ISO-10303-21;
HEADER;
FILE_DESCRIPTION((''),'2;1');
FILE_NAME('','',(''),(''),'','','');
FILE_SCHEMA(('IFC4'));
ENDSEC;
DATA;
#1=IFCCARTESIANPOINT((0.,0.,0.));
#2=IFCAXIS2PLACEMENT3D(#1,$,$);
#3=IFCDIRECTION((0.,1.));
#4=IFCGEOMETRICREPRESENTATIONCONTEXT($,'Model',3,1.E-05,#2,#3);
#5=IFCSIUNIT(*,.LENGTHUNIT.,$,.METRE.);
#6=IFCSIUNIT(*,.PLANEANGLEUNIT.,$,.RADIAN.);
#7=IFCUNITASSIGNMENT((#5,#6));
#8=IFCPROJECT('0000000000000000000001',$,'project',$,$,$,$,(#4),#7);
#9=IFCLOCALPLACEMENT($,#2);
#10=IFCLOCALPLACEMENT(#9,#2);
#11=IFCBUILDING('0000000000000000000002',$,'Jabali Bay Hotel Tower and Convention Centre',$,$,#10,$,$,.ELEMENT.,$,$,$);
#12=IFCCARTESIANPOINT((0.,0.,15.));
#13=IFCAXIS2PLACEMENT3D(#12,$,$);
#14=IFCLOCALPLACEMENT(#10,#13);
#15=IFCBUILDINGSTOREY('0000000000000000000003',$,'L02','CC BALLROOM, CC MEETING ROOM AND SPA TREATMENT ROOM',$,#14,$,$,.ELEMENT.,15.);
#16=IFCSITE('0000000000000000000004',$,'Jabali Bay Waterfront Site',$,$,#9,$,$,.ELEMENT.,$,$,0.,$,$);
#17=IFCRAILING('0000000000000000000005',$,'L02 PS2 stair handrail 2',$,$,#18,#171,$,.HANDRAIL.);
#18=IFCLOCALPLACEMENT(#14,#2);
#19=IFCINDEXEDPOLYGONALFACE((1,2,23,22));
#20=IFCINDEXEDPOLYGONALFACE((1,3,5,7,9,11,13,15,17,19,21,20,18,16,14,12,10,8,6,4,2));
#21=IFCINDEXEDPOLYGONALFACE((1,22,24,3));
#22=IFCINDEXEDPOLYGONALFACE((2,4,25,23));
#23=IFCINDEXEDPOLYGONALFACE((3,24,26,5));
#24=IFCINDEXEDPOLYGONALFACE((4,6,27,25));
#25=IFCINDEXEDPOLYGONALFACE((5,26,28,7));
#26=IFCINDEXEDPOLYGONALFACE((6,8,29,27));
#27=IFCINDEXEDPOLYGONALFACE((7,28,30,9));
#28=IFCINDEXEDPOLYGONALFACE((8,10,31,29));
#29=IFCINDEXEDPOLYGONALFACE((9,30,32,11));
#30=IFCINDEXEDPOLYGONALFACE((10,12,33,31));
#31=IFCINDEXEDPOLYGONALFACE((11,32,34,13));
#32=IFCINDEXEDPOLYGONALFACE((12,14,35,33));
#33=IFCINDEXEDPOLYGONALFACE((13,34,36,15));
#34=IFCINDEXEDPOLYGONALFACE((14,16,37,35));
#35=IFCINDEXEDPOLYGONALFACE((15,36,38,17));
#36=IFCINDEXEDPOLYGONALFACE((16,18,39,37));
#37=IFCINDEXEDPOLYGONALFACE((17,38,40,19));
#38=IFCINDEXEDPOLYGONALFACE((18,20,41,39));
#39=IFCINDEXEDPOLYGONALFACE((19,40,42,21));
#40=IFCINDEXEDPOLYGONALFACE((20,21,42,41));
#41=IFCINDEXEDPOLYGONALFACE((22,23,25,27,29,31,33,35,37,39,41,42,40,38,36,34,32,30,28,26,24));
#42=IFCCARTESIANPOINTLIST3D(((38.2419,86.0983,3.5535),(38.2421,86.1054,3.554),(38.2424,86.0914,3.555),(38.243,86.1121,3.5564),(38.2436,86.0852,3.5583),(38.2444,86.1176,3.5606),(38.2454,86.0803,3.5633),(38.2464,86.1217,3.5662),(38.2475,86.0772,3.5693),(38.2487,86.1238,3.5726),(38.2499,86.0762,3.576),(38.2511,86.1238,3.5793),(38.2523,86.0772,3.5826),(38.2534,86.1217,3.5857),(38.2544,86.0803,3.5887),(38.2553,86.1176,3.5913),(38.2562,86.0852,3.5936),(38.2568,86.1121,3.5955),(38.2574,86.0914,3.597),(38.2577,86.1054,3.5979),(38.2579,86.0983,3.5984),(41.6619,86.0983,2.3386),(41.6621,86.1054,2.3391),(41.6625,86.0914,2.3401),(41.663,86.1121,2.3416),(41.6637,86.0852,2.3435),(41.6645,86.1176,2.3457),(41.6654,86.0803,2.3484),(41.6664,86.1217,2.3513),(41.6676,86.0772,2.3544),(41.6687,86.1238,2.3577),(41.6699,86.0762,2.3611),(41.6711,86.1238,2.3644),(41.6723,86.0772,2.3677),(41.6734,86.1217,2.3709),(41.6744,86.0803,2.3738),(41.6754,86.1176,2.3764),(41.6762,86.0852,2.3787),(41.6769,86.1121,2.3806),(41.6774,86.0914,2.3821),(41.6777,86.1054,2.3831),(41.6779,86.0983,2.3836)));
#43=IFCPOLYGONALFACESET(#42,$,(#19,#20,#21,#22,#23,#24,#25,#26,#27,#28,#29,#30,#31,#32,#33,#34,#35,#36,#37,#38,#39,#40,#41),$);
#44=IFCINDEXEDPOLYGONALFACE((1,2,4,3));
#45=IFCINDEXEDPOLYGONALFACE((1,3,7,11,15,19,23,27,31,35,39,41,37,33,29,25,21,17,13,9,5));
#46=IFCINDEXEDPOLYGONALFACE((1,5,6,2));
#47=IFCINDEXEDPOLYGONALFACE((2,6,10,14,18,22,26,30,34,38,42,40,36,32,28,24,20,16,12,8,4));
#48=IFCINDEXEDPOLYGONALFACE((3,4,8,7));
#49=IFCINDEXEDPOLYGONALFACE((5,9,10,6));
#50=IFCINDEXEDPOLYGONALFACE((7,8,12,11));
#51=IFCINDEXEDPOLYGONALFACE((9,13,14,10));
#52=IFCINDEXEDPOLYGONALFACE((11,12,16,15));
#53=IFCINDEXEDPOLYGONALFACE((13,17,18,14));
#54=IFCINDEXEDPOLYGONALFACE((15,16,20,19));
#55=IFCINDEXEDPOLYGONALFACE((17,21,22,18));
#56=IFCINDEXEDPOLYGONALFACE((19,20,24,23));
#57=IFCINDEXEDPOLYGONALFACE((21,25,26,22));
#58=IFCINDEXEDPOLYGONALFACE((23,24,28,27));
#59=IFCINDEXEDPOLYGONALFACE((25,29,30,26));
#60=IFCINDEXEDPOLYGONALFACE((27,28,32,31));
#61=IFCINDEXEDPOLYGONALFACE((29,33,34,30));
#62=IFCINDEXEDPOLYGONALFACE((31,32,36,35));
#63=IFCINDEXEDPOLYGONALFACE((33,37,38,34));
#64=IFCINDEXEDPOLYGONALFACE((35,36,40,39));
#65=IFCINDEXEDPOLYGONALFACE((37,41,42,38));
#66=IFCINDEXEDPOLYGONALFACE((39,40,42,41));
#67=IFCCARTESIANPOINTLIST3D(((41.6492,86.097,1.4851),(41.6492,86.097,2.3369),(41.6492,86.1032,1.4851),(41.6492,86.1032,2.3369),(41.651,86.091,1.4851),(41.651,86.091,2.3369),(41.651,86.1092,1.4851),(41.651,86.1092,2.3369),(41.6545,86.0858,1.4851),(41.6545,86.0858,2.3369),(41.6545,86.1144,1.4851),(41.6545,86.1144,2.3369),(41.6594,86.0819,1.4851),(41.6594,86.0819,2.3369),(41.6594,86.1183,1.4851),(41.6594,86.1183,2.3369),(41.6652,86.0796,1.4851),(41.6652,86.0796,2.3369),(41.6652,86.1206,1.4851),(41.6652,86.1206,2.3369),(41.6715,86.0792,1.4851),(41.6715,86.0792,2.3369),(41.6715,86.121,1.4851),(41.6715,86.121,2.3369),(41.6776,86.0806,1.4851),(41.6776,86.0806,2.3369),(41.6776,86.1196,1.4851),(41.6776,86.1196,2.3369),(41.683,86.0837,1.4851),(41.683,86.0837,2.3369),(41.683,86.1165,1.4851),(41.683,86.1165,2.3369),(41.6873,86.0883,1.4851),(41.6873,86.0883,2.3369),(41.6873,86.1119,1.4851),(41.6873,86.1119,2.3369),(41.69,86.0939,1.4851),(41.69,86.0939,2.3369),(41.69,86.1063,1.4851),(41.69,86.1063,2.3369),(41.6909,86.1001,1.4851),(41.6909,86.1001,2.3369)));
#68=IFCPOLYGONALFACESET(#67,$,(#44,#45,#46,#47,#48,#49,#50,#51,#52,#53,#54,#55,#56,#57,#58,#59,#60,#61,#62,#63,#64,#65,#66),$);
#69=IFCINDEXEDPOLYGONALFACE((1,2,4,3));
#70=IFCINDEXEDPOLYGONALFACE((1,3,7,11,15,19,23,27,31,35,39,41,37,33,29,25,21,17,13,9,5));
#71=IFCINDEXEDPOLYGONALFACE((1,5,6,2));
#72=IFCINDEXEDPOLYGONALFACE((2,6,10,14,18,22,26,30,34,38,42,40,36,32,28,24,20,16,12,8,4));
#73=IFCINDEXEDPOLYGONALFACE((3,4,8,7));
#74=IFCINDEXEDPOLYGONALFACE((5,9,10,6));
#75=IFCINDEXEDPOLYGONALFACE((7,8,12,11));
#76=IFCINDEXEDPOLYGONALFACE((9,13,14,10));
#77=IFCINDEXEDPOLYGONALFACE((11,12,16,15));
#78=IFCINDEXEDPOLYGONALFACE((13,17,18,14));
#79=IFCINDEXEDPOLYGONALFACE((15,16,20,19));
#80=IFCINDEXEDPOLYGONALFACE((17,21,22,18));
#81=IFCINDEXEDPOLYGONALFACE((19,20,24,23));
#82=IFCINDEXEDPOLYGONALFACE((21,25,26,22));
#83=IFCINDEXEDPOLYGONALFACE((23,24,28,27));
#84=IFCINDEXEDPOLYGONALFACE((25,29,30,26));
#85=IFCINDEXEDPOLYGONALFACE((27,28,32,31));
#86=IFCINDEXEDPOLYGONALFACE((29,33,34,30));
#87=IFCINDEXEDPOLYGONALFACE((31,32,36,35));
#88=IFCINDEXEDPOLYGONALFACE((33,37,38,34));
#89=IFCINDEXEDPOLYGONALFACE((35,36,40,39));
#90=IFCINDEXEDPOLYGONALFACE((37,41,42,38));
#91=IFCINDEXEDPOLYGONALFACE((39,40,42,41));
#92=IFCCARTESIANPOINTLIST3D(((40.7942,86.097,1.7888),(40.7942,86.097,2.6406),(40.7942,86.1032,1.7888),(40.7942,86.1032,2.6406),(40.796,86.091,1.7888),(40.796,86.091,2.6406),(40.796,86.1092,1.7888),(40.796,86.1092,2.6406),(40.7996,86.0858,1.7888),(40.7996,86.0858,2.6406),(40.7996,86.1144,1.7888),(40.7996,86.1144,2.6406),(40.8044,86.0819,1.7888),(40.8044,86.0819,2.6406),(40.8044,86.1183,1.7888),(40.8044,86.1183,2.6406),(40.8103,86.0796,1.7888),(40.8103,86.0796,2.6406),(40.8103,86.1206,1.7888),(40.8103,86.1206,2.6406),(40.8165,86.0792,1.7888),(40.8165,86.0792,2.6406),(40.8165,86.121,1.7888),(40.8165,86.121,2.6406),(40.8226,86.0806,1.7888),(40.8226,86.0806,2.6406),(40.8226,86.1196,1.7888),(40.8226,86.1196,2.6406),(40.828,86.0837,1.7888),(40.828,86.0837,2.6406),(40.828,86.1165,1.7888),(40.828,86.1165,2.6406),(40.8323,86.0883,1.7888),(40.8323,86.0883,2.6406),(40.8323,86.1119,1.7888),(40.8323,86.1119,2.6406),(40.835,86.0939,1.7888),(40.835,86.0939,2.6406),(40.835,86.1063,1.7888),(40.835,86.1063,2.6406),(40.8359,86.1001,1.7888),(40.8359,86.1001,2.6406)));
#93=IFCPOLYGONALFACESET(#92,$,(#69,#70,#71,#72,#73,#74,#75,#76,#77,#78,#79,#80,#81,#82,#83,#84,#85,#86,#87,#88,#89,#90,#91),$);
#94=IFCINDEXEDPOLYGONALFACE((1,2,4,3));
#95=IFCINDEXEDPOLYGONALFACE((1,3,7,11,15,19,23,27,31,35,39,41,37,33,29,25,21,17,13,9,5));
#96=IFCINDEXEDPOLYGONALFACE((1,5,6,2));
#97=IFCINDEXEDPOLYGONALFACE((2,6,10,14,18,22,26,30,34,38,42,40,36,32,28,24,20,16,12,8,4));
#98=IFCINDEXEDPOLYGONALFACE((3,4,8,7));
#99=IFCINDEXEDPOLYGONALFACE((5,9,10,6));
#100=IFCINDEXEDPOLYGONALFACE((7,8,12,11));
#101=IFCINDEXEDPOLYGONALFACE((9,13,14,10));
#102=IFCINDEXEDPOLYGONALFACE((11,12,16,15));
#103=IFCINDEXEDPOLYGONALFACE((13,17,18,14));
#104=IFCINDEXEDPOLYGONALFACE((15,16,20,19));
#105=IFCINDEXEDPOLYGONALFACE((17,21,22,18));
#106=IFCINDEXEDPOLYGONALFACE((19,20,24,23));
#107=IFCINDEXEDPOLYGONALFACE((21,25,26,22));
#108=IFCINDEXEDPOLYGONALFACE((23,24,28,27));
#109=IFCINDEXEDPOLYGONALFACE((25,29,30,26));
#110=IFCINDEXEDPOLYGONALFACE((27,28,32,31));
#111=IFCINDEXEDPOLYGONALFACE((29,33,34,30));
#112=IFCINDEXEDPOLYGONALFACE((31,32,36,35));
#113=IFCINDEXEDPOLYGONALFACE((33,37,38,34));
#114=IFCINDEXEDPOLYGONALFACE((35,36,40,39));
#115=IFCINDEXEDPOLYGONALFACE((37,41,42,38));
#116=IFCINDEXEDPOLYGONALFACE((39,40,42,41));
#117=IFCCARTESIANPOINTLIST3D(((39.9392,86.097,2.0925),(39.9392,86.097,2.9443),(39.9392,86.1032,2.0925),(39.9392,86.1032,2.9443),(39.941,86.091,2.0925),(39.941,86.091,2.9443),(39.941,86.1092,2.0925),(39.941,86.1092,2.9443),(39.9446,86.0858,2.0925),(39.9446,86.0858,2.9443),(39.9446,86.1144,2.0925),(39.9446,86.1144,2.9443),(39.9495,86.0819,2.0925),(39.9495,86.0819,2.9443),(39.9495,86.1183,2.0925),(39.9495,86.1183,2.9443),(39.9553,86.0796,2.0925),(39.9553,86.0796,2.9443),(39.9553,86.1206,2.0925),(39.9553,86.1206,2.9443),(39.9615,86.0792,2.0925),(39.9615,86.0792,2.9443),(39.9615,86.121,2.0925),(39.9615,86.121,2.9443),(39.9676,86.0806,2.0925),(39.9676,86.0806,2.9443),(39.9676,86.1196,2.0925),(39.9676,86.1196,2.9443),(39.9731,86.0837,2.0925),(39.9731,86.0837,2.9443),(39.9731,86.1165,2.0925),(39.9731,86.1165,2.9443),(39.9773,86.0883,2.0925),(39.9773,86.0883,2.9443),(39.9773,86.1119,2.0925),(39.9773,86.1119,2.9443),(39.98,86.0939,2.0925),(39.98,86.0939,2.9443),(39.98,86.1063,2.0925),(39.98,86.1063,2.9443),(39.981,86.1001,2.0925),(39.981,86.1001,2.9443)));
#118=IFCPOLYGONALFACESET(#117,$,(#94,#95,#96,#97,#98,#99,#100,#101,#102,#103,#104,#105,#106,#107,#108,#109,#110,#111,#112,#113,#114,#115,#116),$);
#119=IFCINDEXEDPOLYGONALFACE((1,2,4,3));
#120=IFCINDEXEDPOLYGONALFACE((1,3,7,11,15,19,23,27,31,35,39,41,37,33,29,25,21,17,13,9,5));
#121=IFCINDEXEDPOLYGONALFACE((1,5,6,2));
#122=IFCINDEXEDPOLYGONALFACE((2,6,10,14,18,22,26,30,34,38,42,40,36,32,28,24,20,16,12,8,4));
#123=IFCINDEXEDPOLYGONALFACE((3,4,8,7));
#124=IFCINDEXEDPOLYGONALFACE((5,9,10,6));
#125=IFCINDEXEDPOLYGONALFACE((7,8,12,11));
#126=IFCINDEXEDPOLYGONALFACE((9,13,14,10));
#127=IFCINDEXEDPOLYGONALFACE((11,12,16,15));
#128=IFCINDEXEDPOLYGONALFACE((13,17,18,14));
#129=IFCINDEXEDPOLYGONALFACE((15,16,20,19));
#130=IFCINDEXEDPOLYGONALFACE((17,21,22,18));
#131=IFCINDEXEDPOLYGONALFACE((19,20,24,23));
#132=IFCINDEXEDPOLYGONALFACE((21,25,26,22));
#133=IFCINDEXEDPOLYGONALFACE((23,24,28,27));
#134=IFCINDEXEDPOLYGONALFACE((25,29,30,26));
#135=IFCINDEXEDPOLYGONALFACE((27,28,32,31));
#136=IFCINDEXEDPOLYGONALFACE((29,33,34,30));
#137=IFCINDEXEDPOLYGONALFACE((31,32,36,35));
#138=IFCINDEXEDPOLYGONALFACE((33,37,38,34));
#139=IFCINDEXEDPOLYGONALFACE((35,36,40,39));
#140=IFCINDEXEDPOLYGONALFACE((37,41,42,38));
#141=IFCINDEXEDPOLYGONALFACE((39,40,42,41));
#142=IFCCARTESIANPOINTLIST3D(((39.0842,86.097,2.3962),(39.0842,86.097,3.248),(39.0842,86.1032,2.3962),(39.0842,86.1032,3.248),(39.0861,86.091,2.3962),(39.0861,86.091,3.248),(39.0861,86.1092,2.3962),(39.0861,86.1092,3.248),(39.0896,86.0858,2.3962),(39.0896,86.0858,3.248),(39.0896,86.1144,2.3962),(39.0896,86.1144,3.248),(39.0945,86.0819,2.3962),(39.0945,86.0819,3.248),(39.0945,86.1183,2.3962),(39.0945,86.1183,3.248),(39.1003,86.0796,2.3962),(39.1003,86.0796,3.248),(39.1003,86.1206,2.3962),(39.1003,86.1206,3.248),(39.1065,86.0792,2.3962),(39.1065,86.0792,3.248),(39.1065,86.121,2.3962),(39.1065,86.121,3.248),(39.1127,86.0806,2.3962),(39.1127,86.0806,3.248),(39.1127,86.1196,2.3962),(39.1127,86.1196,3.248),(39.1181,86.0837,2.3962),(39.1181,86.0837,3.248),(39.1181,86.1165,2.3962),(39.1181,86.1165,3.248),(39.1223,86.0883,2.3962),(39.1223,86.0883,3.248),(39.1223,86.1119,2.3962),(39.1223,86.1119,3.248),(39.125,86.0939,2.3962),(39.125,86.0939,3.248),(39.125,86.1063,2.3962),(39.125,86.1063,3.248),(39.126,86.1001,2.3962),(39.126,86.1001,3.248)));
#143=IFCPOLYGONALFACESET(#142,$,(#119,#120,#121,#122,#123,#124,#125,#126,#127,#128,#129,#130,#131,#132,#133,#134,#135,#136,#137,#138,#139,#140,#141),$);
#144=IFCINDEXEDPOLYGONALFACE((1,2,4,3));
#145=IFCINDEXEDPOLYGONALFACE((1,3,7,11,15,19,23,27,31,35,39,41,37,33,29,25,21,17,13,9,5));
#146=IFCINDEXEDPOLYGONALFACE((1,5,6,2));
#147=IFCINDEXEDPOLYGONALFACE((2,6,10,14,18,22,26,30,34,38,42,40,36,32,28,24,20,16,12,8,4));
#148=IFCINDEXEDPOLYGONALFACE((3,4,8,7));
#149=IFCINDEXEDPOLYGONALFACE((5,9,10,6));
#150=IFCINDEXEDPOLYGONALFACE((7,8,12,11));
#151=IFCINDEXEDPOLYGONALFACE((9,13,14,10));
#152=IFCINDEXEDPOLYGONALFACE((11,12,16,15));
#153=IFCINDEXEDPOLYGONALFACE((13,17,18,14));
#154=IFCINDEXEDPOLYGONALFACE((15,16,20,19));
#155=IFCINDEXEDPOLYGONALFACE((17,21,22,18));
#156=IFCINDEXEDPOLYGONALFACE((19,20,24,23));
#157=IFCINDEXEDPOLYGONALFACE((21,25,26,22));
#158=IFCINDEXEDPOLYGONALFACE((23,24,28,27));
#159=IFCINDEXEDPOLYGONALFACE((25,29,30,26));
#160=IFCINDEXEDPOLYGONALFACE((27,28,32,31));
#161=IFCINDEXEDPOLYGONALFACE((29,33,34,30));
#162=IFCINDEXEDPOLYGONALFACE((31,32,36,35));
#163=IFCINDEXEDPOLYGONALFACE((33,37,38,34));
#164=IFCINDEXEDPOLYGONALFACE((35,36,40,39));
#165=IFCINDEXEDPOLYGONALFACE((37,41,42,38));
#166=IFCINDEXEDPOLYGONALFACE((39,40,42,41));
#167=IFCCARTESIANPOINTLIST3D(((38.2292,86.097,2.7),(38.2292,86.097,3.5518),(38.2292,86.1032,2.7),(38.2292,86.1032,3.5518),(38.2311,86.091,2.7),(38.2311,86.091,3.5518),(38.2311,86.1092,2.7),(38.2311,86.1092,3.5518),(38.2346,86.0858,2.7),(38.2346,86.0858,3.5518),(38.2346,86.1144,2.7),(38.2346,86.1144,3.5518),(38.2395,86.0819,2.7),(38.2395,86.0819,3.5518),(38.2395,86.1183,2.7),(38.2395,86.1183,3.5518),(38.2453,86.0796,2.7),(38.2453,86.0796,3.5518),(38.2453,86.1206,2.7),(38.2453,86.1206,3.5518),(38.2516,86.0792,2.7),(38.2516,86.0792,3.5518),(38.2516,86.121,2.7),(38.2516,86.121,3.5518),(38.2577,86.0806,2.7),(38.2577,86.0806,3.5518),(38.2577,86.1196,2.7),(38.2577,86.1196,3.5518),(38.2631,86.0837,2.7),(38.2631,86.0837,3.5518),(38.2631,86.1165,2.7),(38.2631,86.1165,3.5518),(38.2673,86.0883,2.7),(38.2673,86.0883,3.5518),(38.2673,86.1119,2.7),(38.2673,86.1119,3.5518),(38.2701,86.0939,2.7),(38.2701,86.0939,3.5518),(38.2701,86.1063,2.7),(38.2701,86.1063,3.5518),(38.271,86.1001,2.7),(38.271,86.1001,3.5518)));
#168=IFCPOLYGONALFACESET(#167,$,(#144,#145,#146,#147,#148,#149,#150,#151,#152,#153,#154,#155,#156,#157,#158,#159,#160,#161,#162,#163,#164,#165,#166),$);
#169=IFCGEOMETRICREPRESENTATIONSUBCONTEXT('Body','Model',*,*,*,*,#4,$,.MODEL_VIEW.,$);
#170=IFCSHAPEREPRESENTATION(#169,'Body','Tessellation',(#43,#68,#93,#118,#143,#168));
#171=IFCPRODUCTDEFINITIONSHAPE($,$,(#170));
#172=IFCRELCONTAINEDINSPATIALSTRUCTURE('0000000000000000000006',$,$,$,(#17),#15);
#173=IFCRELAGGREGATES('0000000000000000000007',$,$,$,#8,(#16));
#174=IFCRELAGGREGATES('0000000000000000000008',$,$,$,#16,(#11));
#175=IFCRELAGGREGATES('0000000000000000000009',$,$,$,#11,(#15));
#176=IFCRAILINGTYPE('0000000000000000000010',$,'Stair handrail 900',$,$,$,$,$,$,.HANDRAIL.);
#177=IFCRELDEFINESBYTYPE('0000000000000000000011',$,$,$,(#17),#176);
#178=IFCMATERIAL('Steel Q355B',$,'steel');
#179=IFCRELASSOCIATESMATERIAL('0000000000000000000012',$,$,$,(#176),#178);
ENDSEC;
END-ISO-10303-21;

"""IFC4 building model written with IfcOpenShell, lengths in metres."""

from ifc_helpers import new_model, si_unit, direction, frame, origin, origin_2d, place, context, subcontext, project, spatial, circle, extrude, material, type_object, element, save


model = new_model("IFC4")

# Units and contexts
model_context = context("Model", 3, precision=1e-05, world=origin(), true_north=direction((0.0, 1.0)))
body_context = subcontext(model_context, "Body", "Model", "MODEL_VIEW")
ifc_project = project(units=[si_unit("LENGTHUNIT", "METRE"), si_unit("PLANEANGLEUNIT", "RADIAN")], contexts=[model_context])

# Site, building, storey
site_placement = place(None, origin())
site = spatial("IfcSite", under=ifc_project, at=site_placement, Name="Jabali Bay Waterfront Site", CompositionType="ELEMENT", RefElevation=0.0)
building_placement = place(site_placement, origin())
building = spatial("IfcBuilding", under=site, at=building_placement, Name="Jabali Bay Hotel Tower and Convention Centre", CompositionType="ELEMENT")
storey_placement = place(building_placement, frame((0.0, 0.0, 15.0)))
storey = spatial("IfcBuildingStorey", under=building, at=storey_placement, Name="L02", Description="CC BALLROOM, CC MEETING ROOM AND SPA TREATMENT ROOM", CompositionType="ELEMENT", Elevation=15.0)

# Railing
ifc_material_1 = material(Name="Steel Q355B", Category="steel")
railing_type_1 = type_object("IfcRailingType", Name="Stair handrail 900", PredefinedType="HANDRAIL", material=ifc_material_1)
for number, where, name in (
    (1, (41.6699, 86.1001, 1.4851), "L02 PS2 stair handrail 2"),
):
    element("IfcRailing", number, at=place(storey_placement, frame(where)), inside=storey, type_object=railing_type_1, Name=name, PredefinedType="HANDRAIL", context=body_context, shape_type="SweptSolid", body=[
        extrude(circle(Radius=0.0239, at=origin_2d()), frame((0.0, 0.0, 0.876), z_axis=(-0.942313, 0.0, 0.334734), x_axis=(0.0, -1.0, 0.0)), (0.0, 0.0, 1.0), 3.6294),
        extrude(circle(Radius=0.021, at=origin_2d()), origin(), (0.0, 0.0, 1.0), 0.8518),
        extrude(circle(Radius=0.021, at=origin_2d()), frame((-0.855, 0.0, 0.3037)), (0.0, 0.0, 1.0), 0.8518),
        extrude(circle(Radius=0.021, at=origin_2d()), frame((-1.71, 0.0, 0.6074)), (0.0, 0.0, 1.0), 0.8518),
        extrude(circle(Radius=0.021, at=origin_2d()), frame((-2.5649, 0.0, 0.9111)), (0.0, 0.0, 1.0), 0.8518),
        extrude(circle(Radius=0.021, at=origin_2d()), frame((-3.4199, 0.0, 1.2148)), (0.0, 0.0, 1.0), 0.8518),
    ])

save(model, "model.ifc")
